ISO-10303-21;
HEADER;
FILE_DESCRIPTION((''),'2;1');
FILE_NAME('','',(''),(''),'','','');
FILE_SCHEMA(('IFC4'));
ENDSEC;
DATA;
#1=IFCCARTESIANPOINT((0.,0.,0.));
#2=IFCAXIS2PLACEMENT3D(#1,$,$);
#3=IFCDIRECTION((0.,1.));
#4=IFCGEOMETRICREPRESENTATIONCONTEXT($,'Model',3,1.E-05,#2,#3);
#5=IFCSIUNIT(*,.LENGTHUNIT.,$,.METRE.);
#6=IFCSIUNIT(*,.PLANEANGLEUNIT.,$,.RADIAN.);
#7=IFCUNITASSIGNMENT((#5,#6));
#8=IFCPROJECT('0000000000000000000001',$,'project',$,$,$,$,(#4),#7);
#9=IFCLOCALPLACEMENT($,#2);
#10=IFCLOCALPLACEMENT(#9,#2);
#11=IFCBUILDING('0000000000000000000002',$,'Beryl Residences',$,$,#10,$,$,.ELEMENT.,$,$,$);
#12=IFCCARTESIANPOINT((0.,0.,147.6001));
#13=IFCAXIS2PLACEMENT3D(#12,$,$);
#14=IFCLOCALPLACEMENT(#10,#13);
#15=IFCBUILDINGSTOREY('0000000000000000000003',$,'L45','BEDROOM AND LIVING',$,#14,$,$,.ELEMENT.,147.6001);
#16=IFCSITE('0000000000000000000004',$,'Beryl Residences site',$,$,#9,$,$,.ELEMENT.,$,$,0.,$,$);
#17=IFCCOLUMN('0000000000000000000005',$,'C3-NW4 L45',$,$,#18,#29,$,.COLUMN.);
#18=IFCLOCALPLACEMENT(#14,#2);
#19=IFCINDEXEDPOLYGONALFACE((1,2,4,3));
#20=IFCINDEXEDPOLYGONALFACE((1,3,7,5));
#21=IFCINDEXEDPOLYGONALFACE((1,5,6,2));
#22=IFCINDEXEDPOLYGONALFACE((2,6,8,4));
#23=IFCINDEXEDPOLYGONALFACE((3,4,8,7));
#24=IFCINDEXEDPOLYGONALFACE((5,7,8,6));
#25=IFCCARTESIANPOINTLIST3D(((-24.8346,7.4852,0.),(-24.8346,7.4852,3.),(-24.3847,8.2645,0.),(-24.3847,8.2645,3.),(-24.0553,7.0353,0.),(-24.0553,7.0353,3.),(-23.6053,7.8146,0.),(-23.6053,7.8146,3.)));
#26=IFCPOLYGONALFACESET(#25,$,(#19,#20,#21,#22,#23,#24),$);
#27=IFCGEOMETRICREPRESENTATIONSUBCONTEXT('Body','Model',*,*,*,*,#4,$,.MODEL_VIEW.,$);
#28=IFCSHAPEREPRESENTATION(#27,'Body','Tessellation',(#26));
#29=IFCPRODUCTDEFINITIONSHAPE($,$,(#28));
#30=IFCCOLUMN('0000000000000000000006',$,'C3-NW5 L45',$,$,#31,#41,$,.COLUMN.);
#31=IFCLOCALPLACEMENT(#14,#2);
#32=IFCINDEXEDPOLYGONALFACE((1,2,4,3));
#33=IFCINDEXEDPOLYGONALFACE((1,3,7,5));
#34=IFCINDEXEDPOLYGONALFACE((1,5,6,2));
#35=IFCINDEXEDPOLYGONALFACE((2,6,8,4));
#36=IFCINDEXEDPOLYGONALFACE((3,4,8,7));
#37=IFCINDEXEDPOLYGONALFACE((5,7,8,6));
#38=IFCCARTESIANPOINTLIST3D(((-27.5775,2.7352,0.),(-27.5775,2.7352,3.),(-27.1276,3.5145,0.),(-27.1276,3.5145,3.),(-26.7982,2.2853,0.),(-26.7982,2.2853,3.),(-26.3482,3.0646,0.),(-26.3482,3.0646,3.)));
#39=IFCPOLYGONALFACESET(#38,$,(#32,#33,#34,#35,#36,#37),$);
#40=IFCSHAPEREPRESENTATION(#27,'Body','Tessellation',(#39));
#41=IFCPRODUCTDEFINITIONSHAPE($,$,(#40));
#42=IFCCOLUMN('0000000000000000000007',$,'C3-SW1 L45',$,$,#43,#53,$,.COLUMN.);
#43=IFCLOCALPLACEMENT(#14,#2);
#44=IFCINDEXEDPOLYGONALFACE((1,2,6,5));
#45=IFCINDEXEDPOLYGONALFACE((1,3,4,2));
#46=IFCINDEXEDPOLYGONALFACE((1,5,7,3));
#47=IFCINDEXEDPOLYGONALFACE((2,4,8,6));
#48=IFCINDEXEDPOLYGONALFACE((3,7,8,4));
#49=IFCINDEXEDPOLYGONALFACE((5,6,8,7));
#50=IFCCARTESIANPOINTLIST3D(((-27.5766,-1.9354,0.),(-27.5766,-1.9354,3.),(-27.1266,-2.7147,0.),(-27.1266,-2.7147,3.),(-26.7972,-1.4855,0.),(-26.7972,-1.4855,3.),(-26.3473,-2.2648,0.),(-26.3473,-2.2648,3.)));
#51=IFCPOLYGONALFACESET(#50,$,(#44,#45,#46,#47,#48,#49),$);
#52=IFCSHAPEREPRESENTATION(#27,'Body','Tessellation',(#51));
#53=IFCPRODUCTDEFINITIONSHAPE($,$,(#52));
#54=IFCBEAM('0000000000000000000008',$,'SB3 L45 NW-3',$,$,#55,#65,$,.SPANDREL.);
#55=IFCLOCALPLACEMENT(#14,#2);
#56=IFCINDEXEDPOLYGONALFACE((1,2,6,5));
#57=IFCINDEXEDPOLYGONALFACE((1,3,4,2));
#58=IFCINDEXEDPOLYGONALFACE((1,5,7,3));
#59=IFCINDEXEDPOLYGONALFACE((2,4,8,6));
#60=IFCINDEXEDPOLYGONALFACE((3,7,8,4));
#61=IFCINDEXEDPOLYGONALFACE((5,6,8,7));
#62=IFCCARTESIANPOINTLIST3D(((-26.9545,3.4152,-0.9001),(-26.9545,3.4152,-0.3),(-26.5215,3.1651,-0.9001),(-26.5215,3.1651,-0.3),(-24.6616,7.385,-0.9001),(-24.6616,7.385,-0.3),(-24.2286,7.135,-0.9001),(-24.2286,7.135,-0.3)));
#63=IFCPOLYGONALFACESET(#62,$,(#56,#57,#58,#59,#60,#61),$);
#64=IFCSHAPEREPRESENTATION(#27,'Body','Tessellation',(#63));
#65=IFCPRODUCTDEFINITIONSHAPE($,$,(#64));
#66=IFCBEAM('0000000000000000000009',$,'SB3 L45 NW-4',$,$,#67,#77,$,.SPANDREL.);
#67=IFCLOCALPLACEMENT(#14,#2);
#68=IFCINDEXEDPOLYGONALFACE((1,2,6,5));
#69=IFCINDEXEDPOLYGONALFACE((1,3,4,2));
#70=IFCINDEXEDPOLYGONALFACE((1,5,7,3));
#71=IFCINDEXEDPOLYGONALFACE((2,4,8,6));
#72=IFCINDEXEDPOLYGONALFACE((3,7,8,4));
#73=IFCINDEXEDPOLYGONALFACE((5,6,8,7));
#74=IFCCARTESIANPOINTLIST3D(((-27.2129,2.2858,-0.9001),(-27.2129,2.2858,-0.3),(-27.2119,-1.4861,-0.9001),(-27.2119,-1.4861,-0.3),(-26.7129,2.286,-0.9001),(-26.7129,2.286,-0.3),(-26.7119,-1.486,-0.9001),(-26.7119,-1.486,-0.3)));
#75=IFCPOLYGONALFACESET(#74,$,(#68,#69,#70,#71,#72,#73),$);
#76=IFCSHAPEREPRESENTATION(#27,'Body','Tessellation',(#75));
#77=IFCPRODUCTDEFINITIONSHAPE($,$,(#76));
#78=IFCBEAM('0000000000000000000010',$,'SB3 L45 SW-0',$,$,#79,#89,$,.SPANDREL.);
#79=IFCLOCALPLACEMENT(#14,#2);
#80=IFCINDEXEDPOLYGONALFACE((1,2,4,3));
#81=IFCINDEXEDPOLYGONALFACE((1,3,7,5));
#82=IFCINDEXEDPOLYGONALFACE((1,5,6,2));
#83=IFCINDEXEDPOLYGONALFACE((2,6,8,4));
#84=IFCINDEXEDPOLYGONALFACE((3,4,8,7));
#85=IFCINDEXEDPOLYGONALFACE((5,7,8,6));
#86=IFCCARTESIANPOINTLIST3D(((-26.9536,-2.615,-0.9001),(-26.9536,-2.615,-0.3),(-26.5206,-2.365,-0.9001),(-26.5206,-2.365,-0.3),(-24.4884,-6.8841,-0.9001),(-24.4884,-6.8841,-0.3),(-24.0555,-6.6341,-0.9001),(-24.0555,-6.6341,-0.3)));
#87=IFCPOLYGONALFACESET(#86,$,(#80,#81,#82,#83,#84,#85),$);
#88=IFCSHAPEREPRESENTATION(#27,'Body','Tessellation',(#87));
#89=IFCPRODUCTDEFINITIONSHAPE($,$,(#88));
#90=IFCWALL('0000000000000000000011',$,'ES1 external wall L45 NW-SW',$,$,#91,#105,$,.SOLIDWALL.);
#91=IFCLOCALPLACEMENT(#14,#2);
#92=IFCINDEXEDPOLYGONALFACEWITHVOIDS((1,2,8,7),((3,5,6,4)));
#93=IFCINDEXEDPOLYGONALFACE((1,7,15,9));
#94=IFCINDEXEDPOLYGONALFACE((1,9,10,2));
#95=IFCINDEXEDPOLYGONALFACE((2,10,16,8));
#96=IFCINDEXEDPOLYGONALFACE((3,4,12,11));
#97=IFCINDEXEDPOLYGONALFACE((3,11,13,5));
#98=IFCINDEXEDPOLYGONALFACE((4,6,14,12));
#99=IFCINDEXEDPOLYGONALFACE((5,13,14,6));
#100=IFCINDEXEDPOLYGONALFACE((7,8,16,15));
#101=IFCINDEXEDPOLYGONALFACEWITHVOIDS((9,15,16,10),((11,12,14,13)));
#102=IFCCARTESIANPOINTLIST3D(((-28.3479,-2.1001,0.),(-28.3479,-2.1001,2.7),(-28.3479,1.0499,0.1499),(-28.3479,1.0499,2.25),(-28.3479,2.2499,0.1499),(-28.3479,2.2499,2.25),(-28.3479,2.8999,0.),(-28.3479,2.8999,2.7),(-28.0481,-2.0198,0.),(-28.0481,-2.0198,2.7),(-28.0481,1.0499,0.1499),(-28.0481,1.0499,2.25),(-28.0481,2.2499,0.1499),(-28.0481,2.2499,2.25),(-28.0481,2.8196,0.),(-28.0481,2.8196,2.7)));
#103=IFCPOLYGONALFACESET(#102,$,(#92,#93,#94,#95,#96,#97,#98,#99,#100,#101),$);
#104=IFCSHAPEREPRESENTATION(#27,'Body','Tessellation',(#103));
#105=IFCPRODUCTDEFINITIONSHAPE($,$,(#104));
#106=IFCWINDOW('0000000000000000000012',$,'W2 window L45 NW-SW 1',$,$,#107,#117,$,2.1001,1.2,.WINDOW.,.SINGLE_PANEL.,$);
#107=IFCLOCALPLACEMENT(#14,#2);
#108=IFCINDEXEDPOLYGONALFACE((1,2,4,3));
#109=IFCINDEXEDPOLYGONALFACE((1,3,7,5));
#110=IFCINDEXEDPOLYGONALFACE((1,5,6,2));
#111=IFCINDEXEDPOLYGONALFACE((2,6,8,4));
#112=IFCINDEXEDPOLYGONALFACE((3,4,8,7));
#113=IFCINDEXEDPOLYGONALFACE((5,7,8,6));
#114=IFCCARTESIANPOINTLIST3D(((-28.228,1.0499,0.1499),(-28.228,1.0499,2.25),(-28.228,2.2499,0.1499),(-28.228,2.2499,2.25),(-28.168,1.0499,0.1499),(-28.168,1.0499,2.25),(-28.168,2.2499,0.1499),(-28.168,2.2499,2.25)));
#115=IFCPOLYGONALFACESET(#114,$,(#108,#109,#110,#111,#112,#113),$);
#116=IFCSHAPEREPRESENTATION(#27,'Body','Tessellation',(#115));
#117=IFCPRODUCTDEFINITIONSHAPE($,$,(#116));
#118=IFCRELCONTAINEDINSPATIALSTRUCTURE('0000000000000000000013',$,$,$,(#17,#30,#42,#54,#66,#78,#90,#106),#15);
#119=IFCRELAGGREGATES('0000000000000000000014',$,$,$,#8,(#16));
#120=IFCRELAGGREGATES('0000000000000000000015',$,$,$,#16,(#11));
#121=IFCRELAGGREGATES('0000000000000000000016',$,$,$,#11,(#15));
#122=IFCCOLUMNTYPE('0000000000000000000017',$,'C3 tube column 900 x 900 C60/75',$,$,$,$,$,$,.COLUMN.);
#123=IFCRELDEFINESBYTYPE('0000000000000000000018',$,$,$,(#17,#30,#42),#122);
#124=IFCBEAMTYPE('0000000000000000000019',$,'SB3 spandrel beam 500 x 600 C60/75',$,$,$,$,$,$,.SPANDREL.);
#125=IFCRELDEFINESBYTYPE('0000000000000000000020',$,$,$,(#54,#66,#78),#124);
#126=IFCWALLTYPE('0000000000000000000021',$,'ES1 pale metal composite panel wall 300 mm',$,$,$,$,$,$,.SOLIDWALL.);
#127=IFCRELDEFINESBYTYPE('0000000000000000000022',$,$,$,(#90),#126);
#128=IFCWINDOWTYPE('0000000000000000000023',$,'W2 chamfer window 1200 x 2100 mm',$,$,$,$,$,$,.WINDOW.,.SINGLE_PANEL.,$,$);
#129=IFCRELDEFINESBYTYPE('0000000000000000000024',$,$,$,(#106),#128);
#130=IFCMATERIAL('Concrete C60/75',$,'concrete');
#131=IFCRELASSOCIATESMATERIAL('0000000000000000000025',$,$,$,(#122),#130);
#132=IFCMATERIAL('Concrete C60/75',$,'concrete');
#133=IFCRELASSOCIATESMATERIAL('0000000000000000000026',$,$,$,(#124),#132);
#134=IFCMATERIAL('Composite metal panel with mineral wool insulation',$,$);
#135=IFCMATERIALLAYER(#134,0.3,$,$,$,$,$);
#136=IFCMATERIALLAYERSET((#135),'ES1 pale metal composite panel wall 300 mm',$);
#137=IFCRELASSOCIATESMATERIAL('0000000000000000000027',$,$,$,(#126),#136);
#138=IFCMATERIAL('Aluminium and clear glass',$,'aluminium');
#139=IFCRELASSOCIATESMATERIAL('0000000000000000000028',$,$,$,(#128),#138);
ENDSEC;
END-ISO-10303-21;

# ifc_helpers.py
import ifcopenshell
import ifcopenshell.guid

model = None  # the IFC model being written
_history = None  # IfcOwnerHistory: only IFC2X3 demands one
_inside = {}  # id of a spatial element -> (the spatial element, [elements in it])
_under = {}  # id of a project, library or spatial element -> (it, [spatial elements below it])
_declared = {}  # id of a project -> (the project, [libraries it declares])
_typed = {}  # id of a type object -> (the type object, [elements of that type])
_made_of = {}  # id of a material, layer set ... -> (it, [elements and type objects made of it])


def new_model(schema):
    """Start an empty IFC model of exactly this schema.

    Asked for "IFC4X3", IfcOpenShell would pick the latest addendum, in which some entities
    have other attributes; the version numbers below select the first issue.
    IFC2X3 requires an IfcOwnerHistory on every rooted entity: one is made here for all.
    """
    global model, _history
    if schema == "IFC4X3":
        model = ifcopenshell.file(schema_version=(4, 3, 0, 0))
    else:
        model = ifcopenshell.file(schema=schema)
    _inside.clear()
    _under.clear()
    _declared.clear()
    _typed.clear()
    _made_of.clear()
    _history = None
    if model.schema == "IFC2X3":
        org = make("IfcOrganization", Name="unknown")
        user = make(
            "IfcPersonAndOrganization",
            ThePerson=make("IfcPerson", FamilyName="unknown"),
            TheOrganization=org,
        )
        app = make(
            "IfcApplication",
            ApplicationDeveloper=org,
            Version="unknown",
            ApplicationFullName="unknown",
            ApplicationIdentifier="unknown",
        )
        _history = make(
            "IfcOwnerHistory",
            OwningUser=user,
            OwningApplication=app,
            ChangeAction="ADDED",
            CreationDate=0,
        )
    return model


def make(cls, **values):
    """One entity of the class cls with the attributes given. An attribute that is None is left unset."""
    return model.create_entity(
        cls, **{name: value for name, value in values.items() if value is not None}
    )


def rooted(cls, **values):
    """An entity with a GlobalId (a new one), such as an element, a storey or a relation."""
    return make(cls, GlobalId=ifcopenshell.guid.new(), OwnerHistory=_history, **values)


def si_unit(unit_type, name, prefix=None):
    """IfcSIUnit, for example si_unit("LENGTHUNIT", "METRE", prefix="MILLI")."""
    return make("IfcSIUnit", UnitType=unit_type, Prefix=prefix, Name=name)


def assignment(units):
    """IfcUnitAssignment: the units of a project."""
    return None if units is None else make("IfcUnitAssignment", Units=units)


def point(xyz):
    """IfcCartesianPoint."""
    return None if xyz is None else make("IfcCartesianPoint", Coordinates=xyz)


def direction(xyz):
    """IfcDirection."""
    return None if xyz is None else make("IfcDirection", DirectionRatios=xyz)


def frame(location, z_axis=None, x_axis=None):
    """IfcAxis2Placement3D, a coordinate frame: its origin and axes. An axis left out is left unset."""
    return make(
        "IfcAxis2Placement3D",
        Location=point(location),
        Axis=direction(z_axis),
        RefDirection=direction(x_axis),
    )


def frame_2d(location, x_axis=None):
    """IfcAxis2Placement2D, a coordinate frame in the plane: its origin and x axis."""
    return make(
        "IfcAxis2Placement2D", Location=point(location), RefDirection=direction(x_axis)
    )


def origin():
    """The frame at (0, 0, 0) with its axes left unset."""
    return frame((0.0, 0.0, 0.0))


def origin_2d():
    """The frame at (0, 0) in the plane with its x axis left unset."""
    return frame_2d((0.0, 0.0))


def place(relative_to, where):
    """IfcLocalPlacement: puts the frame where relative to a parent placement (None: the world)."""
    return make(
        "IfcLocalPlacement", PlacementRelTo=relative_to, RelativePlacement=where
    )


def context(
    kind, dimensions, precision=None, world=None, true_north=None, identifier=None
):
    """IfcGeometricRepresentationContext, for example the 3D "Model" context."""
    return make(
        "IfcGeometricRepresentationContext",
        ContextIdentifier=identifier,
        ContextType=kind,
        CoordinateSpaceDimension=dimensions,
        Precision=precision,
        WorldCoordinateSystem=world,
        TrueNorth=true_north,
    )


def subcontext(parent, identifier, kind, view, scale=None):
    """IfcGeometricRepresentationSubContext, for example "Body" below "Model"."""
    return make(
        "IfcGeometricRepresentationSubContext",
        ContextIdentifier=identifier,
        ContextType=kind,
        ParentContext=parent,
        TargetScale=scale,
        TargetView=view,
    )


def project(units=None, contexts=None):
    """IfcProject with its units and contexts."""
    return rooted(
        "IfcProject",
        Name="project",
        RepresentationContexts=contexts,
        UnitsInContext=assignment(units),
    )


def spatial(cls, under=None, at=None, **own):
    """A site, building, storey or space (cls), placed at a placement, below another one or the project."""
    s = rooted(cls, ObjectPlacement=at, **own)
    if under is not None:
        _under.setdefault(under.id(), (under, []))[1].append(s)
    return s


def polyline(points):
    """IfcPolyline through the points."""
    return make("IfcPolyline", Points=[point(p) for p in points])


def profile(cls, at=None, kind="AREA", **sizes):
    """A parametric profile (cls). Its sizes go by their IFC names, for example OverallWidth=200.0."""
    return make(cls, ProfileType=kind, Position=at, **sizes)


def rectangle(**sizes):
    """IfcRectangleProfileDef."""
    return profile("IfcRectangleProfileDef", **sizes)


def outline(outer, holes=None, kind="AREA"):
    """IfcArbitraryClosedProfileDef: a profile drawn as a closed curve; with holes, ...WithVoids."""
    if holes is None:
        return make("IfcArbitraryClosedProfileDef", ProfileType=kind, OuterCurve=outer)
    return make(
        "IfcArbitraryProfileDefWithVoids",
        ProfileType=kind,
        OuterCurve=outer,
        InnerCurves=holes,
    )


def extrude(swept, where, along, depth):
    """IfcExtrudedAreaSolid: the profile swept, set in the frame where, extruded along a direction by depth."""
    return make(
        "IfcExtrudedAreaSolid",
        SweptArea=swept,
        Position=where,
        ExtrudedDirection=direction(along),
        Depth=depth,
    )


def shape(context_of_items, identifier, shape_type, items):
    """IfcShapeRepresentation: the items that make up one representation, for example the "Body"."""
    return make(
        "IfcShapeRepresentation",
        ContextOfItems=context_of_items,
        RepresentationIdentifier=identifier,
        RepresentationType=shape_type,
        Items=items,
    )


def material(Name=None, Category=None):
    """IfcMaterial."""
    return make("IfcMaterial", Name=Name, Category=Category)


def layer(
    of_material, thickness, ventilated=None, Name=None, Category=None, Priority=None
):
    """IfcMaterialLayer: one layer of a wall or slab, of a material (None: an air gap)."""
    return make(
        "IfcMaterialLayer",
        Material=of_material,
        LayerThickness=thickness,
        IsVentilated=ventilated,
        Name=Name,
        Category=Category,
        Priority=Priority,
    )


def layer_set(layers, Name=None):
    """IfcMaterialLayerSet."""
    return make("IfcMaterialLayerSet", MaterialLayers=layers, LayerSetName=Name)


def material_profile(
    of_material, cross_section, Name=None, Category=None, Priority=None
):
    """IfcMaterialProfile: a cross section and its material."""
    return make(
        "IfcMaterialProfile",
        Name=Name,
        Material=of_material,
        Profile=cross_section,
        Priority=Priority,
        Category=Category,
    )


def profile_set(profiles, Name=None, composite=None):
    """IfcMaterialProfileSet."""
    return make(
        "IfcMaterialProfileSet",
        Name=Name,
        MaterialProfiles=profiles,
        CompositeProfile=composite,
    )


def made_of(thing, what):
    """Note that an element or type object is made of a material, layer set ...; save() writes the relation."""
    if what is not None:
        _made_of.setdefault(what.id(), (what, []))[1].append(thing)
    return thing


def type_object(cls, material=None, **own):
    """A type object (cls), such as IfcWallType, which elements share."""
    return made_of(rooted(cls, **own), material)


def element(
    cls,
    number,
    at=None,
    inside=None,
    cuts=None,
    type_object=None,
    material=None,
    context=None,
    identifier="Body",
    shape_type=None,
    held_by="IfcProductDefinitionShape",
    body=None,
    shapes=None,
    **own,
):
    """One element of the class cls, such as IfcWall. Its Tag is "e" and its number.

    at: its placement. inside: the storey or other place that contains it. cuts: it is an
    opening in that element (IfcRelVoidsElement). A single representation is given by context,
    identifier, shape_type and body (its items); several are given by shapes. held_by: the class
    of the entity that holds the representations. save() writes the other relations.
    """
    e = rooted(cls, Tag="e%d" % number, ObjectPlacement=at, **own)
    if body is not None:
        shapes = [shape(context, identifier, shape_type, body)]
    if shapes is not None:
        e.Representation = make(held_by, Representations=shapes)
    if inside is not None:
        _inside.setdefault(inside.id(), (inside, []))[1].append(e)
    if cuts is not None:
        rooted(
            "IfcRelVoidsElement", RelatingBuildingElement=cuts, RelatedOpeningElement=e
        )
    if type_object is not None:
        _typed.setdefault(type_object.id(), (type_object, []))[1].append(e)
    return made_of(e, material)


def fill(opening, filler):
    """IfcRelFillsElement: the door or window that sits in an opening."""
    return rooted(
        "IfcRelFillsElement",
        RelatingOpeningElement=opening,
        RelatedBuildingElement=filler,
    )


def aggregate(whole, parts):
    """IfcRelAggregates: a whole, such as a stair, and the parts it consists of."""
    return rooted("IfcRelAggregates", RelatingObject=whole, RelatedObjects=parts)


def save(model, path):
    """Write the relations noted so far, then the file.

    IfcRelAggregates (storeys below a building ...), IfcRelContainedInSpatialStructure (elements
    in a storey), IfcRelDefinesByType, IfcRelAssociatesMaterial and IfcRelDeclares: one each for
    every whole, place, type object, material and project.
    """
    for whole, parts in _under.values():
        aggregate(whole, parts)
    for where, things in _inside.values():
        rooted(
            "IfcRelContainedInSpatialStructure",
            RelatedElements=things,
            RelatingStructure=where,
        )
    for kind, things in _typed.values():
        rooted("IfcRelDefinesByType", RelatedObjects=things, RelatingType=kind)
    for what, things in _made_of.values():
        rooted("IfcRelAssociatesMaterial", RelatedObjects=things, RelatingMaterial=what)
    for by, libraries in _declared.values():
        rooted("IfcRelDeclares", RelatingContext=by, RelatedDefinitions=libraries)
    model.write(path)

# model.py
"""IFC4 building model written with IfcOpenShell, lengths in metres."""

from ifc_helpers import new_model, si_unit, direction, frame, frame_2d, origin, origin_2d, place, context, subcontext, project, spatial, polyline, rectangle, outline, extrude, material, layer, layer_set, material_profile, profile_set, type_object, element, fill, save


model = new_model("IFC4")

# Units and contexts
model_context = context("Model", 3, precision=1e-05, world=origin(), true_north=direction((0.0, 1.0)))
body_context = subcontext(model_context, "Body", "Model", "MODEL_VIEW")
ifc_project = project(units=[si_unit("LENGTHUNIT", "METRE"), si_unit("PLANEANGLEUNIT", "RADIAN")], contexts=[model_context])

# Site, building, storey
site_placement = place(None, origin())
site = spatial("IfcSite", under=ifc_project, at=site_placement, Name="Beryl Residences site", CompositionType="ELEMENT", RefElevation=0.0)
building_placement = place(site_placement, origin())
building = spatial("IfcBuilding", under=site, at=building_placement, Name="Beryl Residences", CompositionType="ELEMENT")
storey_placement = place(building_placement, frame((0.0, 0.0, 147.6001)))
storey = spatial("IfcBuildingStorey", under=building, at=storey_placement, Name="L45", Description="BEDROOM AND LIVING", CompositionType="ELEMENT", Elevation=147.6001)

# Columns
ifc_material_1 = material(Name="Concrete C60/75", Category="concrete")
ifc_material_profile_1 = material_profile(ifc_material_1, rectangle(XDim=0.8999, YDim=0.8999, at=origin_2d()))
ifc_profile_set_1 = profile_set([ifc_material_profile_1], Name="Concrete C60/75")
column_type = type_object("IfcColumnType", Name="C3 tube column 900 x 900 C60/75", PredefinedType="COLUMN", material=ifc_profile_set_1)
for number, where, z_axis, x_axis, name in (
    (1, (-24.22, 7.6499, 0.0), (0.0, 0.0, 1.0), (-0.5, -0.866025, 0.0), "C3-NW4 L45"),
    (2, (-26.9629, 2.8999, 0.0), (0.0, 0.0, 1.0), (-0.5, -0.866025, 0.0), "C3-NW5 L45"),
    (3, (-26.9619, -2.1001, 0.0), (0.0, 0.0, 1.0), (0.5, -0.866025, 0.0), "C3-SW1 L45"),
):
    element("IfcColumn", number, at=place(storey_placement, frame(where, z_axis=z_axis, x_axis=x_axis)), inside=storey, type_object=column_type, Name=name, PredefinedType="COLUMN", context=body_context, shape_type="SweptSolid", body=[
        extrude(rectangle(XDim=0.8999, YDim=0.8999, at=origin_2d()), origin(), (0.0, 0.0, 1.0), 3.0),
    ])

# Beams
ifc_material_2 = material(Name="Concrete C60/75", Category="concrete")
ifc_material_profile_2 = material_profile(ifc_material_2, rectangle(XDim=0.5, YDim=0.6001, at=origin_2d()))
ifc_profile_set_2 = profile_set([ifc_material_profile_2], Name="Concrete C60/75")
beam_type = type_object("IfcBeamType", Name="SB3 spandrel beam 500 x 600 C60/75", PredefinedType="SPANDREL", material=ifc_profile_set_2)
beam_1_placement = place(storey_placement, frame((-24.4451, 7.26, -0.6001), z_axis=(-0.500148, -0.86594, 0.0), x_axis=(0.86594, -0.500148, 0.0)))
element("IfcBeam", 4, at=beam_1_placement, inside=storey, type_object=beam_type, Name="SB3 L45 NW-3", PredefinedType="SPANDREL", context=body_context, shape_type="SweptSolid", body=[
    extrude(rectangle(XDim=0.5, YDim=0.6001, at=origin_2d()), origin(), (0.0, 0.0, 1.0), 4.5845),
])
beam_2_placement = place(storey_placement, frame((-26.9629, 2.2859, -0.6001), z_axis=(0.000259, -1.0, 0.0), x_axis=(1.0, 0.000259, 0.0)))
element("IfcBeam", 5, at=beam_2_placement, inside=storey, type_object=beam_type, Name="SB3 L45 NW-4", PredefinedType="SPANDREL", context=body_context, shape_type="SweptSolid", body=[
    extrude(rectangle(XDim=0.5, YDim=0.6001, at=origin_2d()), origin(), (0.0, 0.0, 1.0), 3.772),
])
beam_3_placement = place(storey_placement, frame((-26.7371, -2.49, -0.6001), z_axis=(0.500054, -0.865994, 0.0), x_axis=(0.865994, 0.500054, 0.0)))
element("IfcBeam", 6, at=beam_3_placement, inside=storey, type_object=beam_type, Name="SB3 L45 SW-0", PredefinedType="SPANDREL", context=body_context, shape_type="SweptSolid", body=[
    extrude(rectangle(XDim=0.5, YDim=0.6001, at=origin_2d()), origin(), (0.0, 0.0, 1.0), 4.9297),
])

# Wall, opening, window
ifc_material_3 = material(Name="Composite metal panel with mineral wool insulation")
ifc_layer_1 = layer(ifc_material_3, 0.3)
ifc_layer_set_1 = layer_set([ifc_layer_1], Name="ES1 pale metal composite panel wall 300 mm")
wall_type_1 = type_object("IfcWallType", Name="ES1 pale metal composite panel wall 300 mm", PredefinedType="SOLIDWALL", material=ifc_layer_set_1)
wall_1_placement = place(storey_placement, frame((-28.198, 2.8999, 0.0), z_axis=(0.0, 0.0, 1.0), x_axis=(0.0, -1.0, 0.0)))
wall_1 = element("IfcWall", 7, at=wall_1_placement, inside=storey, type_object=wall_type_1, Name="ES1 external wall L45 NW-SW", PredefinedType="SOLIDWALL", context=body_context, shape_type="SweptSolid", body=[
    extrude(outline(polyline([(0.0, -0.1499), (5.0, -0.1499), (4.9197, 0.1499), (0.0803, 0.1499), (0.0, -0.1499)])), origin(), (0.0, 0.0, 1.0), 2.7),
])
opening_1_placement = place(wall_1_placement, frame((0.6499, 0.0, 0.1499)))
opening_1 = element("IfcOpeningElement", 8, at=opening_1_placement, cuts=wall_1, PredefinedType="OPENING", context=body_context, shape_type="SweptSolid", body=[
    extrude(rectangle(XDim=1.2, YDim=2.1001, at=frame_2d((0.6001, 1.05))), frame((0.0, 0.1599, 0.0), z_axis=(0.0, -1.0, 0.0), x_axis=(1.0, 0.0, 0.0)), (0.0, 0.0, 1.0), 0.3201),
])
ifc_material_4 = material(Name="Aluminium and clear glass", Category="aluminium")
window_type_1 = type_object("IfcWindowType", Name="W2 chamfer window 1200 x 2100 mm", PartitioningType="SINGLE_PANEL", PredefinedType="WINDOW", material=ifc_material_4)
window_1_placement = place(opening_1_placement, origin())
window_1 = element("IfcWindow", 9, at=window_1_placement, inside=storey, type_object=window_type_1, Name="W2 window L45 NW-SW 1", OverallHeight=2.1001, OverallWidth=1.2, PartitioningType="SINGLE_PANEL", PredefinedType="WINDOW", context=body_context, shape_type="SweptSolid", body=[
    extrude(rectangle(XDim=1.2, YDim=2.1001, at=frame_2d((0.6001, 1.05))), frame((0.0, 0.03, 0.0), z_axis=(0.0, -1.0, 0.0), x_axis=(1.0, 0.0, 0.0)), (0.0, 0.0, 1.0), 0.0601),
])
fill(opening_1, window_1)

save(model, "model.ifc")
